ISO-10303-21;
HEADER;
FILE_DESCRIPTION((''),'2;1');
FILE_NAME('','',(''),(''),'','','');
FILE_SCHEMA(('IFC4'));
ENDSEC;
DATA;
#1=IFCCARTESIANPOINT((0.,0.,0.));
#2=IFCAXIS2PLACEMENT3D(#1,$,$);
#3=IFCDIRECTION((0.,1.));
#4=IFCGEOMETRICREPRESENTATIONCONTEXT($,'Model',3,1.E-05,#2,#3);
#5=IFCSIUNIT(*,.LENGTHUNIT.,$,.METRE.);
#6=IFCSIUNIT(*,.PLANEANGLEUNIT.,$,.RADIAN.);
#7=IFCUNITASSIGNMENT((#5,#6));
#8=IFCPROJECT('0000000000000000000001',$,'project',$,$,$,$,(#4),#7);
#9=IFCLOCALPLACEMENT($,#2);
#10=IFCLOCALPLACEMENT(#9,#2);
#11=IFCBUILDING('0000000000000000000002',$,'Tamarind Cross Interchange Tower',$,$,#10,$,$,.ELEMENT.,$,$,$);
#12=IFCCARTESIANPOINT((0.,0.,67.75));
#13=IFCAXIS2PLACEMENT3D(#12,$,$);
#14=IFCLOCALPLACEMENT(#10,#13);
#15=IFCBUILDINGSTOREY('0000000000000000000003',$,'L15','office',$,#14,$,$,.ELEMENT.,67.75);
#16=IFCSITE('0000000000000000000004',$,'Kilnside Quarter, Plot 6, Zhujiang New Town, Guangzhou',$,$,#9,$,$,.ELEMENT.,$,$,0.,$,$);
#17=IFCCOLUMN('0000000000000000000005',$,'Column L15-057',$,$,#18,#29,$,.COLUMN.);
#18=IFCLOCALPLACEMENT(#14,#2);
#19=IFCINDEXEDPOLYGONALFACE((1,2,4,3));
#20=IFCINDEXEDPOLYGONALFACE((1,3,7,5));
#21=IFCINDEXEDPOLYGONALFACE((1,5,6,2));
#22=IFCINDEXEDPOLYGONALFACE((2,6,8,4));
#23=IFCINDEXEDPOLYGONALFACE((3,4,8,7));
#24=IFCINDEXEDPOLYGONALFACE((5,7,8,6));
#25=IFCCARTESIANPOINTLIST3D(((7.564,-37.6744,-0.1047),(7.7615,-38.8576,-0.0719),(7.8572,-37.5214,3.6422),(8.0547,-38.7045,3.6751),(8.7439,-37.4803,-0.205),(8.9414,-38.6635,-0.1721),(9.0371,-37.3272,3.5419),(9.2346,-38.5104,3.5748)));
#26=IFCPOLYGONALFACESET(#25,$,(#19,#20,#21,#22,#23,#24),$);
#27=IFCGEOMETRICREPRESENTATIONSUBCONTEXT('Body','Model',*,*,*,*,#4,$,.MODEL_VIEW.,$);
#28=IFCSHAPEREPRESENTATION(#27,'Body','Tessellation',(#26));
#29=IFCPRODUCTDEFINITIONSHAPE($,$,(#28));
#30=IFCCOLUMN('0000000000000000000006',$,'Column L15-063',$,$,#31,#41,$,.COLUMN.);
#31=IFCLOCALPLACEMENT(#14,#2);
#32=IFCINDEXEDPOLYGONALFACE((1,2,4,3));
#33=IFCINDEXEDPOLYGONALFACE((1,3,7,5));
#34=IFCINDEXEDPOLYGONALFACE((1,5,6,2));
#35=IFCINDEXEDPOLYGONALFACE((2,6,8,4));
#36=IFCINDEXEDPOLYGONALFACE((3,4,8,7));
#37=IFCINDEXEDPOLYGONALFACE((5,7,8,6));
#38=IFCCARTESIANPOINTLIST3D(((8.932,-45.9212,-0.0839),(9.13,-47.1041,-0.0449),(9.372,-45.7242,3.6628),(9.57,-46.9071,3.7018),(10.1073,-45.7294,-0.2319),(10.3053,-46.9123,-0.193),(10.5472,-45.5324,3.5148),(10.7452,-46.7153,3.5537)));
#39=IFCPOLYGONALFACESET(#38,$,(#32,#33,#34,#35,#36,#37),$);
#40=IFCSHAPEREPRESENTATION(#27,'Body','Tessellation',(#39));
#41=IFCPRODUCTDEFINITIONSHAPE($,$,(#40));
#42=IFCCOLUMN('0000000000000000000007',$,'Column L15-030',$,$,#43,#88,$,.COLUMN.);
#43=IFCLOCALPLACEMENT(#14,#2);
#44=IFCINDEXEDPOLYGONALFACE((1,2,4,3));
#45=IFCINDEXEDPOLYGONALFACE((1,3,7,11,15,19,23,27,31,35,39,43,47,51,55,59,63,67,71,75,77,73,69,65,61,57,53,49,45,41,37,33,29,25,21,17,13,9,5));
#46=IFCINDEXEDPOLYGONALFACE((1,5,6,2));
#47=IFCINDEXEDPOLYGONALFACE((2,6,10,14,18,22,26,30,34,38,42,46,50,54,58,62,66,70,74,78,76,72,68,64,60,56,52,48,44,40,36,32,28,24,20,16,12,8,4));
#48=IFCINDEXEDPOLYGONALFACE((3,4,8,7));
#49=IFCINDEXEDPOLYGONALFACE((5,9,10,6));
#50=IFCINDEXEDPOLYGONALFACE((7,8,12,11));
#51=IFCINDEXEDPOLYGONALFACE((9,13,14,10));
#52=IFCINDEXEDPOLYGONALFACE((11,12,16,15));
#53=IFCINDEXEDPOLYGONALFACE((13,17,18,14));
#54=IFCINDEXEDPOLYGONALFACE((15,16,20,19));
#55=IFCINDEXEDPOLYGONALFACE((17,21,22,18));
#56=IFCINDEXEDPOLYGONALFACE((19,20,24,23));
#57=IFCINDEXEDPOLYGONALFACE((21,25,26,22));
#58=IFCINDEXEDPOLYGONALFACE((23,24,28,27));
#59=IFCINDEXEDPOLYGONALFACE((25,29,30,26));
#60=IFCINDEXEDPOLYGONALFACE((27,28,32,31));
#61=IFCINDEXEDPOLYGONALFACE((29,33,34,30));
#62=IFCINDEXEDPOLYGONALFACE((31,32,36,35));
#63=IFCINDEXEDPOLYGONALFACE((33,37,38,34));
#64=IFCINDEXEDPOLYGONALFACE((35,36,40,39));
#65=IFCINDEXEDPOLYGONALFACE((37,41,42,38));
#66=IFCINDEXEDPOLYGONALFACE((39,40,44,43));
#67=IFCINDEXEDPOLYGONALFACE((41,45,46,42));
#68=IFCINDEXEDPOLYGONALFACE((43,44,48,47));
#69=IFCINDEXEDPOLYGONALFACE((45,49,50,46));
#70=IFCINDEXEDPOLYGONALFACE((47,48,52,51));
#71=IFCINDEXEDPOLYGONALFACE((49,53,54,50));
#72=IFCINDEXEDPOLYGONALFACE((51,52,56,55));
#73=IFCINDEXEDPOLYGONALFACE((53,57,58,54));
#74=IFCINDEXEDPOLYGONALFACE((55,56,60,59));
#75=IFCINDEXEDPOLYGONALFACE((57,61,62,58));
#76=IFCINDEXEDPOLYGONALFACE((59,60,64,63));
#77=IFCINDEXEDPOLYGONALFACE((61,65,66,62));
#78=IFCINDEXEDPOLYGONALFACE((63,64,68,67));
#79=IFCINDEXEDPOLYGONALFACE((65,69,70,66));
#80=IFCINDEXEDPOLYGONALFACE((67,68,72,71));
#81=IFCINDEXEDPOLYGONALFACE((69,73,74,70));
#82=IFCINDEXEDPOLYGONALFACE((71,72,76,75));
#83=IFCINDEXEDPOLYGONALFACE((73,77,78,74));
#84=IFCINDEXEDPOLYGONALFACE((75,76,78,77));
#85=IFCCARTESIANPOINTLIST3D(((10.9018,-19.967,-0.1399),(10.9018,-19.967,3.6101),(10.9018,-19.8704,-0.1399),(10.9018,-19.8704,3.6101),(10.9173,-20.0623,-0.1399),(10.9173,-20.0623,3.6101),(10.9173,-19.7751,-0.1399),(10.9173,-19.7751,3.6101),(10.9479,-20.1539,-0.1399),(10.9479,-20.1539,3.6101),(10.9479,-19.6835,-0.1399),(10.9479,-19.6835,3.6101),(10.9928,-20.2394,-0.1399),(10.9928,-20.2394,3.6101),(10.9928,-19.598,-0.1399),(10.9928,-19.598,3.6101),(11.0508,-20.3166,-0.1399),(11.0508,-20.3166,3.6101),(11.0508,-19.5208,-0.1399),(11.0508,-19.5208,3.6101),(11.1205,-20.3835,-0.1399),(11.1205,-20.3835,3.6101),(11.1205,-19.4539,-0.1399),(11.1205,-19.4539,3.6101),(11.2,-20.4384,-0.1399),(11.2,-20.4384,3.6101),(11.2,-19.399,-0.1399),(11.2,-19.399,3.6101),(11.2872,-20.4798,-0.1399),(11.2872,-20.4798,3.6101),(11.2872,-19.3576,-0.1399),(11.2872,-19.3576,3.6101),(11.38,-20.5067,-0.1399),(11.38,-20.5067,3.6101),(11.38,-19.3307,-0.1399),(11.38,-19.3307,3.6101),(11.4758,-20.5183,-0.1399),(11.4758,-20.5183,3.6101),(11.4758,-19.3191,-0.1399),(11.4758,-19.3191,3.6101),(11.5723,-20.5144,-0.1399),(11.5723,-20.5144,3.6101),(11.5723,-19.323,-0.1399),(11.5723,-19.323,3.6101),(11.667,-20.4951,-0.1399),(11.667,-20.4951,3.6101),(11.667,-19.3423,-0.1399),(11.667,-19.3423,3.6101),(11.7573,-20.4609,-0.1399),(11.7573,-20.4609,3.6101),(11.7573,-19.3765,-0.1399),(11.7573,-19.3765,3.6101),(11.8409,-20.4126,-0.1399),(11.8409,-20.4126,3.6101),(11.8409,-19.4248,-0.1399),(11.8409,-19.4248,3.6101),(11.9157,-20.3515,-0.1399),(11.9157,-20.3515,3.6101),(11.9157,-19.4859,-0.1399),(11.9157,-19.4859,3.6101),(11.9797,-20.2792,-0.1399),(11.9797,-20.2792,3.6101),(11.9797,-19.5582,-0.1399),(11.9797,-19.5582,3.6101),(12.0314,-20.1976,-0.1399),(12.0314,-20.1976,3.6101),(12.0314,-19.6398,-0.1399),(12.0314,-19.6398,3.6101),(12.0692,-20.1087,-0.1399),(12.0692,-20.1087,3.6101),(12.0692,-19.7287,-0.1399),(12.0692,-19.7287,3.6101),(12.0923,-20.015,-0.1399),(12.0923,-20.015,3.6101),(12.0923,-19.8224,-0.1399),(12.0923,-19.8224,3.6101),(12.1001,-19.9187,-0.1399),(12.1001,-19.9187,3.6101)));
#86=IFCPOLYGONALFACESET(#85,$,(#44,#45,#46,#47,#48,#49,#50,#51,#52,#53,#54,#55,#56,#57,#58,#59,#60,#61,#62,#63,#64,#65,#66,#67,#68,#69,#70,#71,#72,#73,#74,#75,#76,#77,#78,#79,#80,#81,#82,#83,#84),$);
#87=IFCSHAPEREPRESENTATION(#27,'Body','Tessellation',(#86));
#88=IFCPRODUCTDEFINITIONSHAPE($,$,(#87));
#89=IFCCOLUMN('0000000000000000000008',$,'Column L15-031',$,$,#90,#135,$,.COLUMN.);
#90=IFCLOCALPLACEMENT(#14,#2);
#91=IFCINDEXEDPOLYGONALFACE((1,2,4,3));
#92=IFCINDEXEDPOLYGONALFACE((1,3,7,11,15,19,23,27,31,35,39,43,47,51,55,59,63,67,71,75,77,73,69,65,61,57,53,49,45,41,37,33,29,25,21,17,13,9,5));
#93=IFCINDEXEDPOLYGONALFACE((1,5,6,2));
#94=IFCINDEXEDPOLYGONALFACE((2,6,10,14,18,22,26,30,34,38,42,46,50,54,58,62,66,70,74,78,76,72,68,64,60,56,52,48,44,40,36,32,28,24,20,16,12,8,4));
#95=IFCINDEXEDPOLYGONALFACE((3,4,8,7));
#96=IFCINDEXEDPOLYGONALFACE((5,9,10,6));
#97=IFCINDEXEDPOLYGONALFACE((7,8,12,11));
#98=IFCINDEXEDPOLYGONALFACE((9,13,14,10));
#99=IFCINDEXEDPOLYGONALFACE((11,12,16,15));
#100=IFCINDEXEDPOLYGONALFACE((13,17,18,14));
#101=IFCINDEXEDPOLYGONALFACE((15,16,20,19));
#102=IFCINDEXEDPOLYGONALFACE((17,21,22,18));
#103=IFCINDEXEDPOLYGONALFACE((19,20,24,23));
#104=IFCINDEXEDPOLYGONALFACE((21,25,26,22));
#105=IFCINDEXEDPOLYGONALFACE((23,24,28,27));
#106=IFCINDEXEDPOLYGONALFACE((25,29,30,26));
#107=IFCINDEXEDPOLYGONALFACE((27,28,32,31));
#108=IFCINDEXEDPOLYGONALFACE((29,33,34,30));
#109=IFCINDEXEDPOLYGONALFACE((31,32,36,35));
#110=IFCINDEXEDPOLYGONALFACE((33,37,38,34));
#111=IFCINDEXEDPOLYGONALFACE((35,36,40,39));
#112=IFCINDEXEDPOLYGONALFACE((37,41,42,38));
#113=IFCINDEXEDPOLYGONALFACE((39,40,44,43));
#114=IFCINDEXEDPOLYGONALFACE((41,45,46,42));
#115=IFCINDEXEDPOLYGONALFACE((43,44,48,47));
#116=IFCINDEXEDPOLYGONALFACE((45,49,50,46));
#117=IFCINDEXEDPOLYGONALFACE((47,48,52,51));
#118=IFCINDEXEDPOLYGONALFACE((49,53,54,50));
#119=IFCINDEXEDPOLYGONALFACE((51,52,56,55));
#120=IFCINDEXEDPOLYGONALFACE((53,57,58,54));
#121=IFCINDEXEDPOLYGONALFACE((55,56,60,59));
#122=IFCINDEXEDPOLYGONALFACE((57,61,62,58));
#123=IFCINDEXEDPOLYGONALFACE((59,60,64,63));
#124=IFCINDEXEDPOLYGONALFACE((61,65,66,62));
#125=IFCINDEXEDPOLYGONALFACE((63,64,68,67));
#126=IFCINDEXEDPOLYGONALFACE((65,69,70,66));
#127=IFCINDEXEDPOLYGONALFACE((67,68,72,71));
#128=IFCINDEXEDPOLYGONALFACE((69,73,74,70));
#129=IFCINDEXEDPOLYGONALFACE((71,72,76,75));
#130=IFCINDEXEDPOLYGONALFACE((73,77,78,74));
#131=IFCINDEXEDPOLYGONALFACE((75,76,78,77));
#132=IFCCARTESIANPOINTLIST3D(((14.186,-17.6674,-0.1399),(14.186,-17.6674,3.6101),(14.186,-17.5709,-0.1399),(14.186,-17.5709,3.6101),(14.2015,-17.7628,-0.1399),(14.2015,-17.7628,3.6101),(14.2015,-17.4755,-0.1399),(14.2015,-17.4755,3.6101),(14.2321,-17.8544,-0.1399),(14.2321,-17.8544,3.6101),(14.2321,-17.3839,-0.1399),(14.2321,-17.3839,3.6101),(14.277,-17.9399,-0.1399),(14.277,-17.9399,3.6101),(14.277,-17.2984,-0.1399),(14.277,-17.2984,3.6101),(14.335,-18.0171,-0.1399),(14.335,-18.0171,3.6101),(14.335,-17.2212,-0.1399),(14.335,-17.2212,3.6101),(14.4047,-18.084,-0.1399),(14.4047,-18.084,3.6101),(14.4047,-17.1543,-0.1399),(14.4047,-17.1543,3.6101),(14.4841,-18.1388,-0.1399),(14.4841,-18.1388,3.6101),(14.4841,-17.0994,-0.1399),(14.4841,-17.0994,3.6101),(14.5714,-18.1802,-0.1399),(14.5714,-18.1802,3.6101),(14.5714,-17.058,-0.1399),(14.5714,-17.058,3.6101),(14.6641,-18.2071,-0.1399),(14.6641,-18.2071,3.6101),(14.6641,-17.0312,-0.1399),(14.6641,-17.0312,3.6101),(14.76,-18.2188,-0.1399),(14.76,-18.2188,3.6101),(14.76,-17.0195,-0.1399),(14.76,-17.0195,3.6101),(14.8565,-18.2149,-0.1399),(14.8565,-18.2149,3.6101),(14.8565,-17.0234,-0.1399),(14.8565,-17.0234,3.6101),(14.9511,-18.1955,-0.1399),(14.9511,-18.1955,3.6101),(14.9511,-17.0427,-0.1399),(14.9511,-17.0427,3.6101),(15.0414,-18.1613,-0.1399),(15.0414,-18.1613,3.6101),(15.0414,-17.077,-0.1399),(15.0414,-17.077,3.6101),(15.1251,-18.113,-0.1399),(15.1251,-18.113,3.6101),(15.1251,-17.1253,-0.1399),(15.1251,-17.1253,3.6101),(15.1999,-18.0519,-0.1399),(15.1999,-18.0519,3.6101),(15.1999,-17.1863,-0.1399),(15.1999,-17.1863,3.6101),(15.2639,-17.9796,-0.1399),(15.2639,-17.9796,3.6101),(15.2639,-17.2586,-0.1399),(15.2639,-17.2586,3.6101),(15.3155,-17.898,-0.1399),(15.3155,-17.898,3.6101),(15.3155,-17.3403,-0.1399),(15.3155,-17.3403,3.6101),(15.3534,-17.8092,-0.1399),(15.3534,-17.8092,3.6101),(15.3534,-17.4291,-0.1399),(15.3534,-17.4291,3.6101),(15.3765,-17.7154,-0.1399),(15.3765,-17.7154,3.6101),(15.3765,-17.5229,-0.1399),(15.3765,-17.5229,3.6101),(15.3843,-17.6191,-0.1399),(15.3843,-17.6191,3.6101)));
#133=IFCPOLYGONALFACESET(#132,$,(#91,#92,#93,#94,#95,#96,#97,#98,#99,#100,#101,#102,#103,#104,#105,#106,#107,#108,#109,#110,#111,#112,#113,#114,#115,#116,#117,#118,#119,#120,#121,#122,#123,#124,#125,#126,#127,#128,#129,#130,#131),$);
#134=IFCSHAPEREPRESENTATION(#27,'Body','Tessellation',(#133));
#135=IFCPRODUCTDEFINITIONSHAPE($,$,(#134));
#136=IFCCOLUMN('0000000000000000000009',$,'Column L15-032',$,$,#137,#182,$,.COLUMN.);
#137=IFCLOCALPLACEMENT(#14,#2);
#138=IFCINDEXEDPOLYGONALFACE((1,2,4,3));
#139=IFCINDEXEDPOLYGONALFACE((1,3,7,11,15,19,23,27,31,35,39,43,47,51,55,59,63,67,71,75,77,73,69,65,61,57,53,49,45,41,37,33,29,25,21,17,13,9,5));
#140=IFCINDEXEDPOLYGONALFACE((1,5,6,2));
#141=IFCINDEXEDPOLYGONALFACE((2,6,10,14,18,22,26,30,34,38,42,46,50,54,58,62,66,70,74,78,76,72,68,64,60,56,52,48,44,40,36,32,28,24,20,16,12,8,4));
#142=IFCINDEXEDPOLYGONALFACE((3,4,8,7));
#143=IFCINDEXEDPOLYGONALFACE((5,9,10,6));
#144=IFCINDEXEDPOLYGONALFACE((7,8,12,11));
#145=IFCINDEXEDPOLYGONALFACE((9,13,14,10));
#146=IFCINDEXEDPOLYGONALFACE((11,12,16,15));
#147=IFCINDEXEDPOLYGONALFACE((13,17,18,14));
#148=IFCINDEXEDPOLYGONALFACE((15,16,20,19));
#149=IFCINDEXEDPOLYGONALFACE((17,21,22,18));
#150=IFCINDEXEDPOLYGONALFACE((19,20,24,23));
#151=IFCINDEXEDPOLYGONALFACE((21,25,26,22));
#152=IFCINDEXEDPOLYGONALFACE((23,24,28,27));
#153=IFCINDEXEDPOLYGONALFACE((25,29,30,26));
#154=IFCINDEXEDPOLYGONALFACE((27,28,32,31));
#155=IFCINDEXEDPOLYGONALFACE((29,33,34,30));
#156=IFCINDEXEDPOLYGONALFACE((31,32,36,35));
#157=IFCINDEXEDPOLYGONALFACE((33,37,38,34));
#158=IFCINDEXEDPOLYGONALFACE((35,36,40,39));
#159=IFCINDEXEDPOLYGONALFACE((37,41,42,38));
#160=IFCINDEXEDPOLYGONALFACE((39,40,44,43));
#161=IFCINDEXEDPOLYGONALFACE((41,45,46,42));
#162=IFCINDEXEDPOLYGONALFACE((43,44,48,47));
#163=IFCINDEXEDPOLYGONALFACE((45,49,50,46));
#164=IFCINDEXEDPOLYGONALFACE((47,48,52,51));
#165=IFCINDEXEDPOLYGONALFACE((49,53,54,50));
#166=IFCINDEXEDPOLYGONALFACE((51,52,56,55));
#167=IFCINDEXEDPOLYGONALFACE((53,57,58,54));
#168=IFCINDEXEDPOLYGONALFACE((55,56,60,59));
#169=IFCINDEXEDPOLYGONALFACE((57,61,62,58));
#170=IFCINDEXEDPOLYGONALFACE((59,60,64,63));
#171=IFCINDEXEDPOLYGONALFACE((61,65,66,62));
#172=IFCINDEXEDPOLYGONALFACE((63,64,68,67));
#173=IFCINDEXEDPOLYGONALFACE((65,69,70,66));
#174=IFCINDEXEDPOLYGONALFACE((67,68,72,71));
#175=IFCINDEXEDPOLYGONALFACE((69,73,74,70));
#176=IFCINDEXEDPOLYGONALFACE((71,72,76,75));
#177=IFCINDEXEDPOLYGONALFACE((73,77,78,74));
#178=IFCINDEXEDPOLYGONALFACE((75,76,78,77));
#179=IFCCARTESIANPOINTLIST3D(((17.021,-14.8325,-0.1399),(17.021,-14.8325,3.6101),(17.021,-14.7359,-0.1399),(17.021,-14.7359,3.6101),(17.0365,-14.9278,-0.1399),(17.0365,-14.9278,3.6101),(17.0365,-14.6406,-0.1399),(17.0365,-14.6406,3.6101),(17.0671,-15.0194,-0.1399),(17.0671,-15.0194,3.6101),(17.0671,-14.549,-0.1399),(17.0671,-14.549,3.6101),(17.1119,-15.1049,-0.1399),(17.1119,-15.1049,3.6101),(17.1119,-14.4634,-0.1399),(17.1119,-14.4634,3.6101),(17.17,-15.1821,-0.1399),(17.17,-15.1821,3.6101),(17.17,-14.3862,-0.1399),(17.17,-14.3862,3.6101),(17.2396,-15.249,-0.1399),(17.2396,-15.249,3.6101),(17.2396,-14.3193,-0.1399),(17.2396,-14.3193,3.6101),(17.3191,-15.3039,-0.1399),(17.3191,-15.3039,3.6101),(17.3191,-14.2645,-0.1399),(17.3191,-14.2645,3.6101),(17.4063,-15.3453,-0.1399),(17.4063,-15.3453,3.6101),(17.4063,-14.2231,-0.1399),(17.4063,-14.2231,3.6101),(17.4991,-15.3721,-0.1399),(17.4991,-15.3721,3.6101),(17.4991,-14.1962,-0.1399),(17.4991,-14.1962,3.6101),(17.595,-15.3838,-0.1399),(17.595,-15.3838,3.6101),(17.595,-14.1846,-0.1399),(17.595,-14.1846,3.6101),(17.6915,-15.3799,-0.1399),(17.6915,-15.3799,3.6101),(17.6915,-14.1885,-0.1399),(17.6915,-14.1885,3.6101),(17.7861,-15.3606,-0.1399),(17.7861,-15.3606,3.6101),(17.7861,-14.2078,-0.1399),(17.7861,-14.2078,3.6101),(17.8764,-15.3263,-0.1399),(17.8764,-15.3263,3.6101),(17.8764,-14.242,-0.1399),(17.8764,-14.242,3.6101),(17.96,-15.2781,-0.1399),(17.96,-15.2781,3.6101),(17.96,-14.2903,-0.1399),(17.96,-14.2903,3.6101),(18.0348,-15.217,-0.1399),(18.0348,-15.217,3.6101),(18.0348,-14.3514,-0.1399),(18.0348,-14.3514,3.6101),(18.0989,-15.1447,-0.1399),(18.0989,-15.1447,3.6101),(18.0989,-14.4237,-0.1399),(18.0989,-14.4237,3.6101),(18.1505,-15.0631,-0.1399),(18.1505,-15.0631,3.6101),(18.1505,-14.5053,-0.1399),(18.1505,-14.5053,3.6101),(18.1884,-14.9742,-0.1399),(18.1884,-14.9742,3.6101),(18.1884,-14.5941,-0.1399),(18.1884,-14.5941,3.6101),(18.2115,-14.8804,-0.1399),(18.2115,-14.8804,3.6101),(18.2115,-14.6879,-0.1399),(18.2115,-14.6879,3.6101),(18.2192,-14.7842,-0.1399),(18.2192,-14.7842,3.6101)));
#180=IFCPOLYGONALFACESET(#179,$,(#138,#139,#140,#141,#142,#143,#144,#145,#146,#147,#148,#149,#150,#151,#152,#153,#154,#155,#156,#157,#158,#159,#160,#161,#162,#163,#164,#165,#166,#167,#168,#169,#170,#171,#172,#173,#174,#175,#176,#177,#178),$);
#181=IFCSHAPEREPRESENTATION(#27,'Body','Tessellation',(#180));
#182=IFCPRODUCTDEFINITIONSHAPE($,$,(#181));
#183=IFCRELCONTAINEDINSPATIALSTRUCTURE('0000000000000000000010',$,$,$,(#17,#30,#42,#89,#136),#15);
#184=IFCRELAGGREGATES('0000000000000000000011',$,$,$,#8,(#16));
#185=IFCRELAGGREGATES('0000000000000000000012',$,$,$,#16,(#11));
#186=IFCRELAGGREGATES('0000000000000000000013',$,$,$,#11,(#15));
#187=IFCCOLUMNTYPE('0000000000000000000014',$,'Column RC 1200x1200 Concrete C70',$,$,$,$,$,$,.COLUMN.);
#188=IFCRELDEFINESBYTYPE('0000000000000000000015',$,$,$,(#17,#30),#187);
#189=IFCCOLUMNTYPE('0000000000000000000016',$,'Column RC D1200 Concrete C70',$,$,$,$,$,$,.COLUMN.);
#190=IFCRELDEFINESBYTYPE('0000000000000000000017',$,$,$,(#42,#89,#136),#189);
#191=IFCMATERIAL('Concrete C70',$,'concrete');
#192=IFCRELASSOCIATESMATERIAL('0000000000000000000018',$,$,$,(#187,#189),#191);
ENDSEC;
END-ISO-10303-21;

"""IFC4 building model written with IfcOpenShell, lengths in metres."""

from ifc_helpers import new_model, si_unit, direction, frame, origin, origin_2d, place, context, subcontext, project, spatial, rectangle, circle, extrude, material, material_profile, profile_set, type_object, element, save


model = new_model("IFC4")

# Units and contexts
model_context = context("Model", 3, precision=1e-05, world=origin(), true_north=direction((0.0, 1.0)))
body_context = subcontext(model_context, "Body", "Model", "MODEL_VIEW")
ifc_project = project(units=[si_unit("LENGTHUNIT", "METRE"), si_unit("PLANEANGLEUNIT", "RADIAN")], contexts=[model_context])

# Site, building, storey
site_placement = place(None, origin())
site = spatial("IfcSite", under=ifc_project, at=site_placement, Name="Kilnside Quarter, Plot 6, Zhujiang New Town, Guangzhou", CompositionType="ELEMENT", RefElevation=0.0)
building_placement = place(site_placement, origin())
building = spatial("IfcBuilding", under=site, at=building_placement, Name="Tamarind Cross Interchange Tower", CompositionType="ELEMENT")
storey_placement = place(building_placement, frame((0.0, 0.0, 67.75)))
storey = spatial("IfcBuildingStorey", under=building, at=storey_placement, Name="L15", Description="office", CompositionType="ELEMENT", Elevation=67.75)

# Columns
ifc_material_1 = material(Name="Concrete C70", Category="concrete")
ifc_material_profile_1 = material_profile(ifc_material_1, rectangle(XDim=1.2, YDim=1.2, at=origin_2d()), Name="RC 1200x1200")
ifc_profile_set_1 = profile_set([ifc_material_profile_1], Name="Concrete C70")
column_type_1 = type_object("IfcColumnType", Name="Column RC 1200x1200 Concrete C70", PredefinedType="COLUMN", material=ifc_profile_set_1)
column_1_placement = place(storey_placement, frame((8.2527, -38.1689, -0.1384), z_axis=(0.077953, 0.040697, 0.996126), x_axis=(-0.983284, -0.161771, 0.083557)))
element("IfcColumn", 1, at=column_1_placement, inside=storey, type_object=column_type_1, Name="Column L15-057", PredefinedType="COLUMN", context=body_context, shape_type="SweptSolid", body=[
    extrude(rectangle(XDim=1.2, YDim=1.2, at=origin_2d()), origin(), (0.0, 0.0, 1.0), 3.7615),
])
column_2_placement = place(storey_placement, frame((9.6187, -46.4167, -0.1384), z_axis=(0.116457, 0.052154, 0.991825), x_axis=(-0.979395, -0.159863, 0.123404)))
element("IfcColumn", 2, at=column_2_placement, inside=storey, type_object=column_type_1, Name="Column L15-063", PredefinedType="COLUMN", context=body_context, shape_type="SweptSolid", body=[
    extrude(rectangle(XDim=1.2, YDim=1.2, at=origin_2d()), origin(), (0.0, 0.0, 1.0), 3.7776),
])
ifc_material_profile_2 = material_profile(ifc_material_1, circle(Radius=0.6001, at=origin_2d()), Name="RC D1200")
ifc_profile_set_2 = profile_set([ifc_material_profile_2], Name="Concrete C70")
column_type_2 = type_object("IfcColumnType", Name="Column RC D1200 Concrete C70", PredefinedType="COLUMN", material=ifc_profile_set_2)
for number, where, z_axis, x_axis, name in (
    (3, (11.5, -19.9187, -0.1399), (0.0, 0.0, 1.0), (1.0, 0.0, 0.0), "Column L15-030"),
    (4, (14.7842, -17.6191, -0.1399), (0.0, 0.0, 1.0), (1.0, 0.0, 0.0), "Column L15-031"),
    (5, (17.6191, -14.7842, -0.1399), (0.0, 0.0, 1.0), (1.0, 0.0, 0.0), "Column L15-032"),
):
    element("IfcColumn", number, at=place(storey_placement, frame(where, z_axis=z_axis, x_axis=x_axis)), inside=storey, type_object=column_type_2, Name=name, PredefinedType="COLUMN", context=body_context, shape_type="SweptSolid", body=[
        extrude(circle(Radius=0.6001, at=origin_2d()), origin(), (0.0, 0.0, 1.0), 3.75),
    ])

save(model, "model.ifc")
